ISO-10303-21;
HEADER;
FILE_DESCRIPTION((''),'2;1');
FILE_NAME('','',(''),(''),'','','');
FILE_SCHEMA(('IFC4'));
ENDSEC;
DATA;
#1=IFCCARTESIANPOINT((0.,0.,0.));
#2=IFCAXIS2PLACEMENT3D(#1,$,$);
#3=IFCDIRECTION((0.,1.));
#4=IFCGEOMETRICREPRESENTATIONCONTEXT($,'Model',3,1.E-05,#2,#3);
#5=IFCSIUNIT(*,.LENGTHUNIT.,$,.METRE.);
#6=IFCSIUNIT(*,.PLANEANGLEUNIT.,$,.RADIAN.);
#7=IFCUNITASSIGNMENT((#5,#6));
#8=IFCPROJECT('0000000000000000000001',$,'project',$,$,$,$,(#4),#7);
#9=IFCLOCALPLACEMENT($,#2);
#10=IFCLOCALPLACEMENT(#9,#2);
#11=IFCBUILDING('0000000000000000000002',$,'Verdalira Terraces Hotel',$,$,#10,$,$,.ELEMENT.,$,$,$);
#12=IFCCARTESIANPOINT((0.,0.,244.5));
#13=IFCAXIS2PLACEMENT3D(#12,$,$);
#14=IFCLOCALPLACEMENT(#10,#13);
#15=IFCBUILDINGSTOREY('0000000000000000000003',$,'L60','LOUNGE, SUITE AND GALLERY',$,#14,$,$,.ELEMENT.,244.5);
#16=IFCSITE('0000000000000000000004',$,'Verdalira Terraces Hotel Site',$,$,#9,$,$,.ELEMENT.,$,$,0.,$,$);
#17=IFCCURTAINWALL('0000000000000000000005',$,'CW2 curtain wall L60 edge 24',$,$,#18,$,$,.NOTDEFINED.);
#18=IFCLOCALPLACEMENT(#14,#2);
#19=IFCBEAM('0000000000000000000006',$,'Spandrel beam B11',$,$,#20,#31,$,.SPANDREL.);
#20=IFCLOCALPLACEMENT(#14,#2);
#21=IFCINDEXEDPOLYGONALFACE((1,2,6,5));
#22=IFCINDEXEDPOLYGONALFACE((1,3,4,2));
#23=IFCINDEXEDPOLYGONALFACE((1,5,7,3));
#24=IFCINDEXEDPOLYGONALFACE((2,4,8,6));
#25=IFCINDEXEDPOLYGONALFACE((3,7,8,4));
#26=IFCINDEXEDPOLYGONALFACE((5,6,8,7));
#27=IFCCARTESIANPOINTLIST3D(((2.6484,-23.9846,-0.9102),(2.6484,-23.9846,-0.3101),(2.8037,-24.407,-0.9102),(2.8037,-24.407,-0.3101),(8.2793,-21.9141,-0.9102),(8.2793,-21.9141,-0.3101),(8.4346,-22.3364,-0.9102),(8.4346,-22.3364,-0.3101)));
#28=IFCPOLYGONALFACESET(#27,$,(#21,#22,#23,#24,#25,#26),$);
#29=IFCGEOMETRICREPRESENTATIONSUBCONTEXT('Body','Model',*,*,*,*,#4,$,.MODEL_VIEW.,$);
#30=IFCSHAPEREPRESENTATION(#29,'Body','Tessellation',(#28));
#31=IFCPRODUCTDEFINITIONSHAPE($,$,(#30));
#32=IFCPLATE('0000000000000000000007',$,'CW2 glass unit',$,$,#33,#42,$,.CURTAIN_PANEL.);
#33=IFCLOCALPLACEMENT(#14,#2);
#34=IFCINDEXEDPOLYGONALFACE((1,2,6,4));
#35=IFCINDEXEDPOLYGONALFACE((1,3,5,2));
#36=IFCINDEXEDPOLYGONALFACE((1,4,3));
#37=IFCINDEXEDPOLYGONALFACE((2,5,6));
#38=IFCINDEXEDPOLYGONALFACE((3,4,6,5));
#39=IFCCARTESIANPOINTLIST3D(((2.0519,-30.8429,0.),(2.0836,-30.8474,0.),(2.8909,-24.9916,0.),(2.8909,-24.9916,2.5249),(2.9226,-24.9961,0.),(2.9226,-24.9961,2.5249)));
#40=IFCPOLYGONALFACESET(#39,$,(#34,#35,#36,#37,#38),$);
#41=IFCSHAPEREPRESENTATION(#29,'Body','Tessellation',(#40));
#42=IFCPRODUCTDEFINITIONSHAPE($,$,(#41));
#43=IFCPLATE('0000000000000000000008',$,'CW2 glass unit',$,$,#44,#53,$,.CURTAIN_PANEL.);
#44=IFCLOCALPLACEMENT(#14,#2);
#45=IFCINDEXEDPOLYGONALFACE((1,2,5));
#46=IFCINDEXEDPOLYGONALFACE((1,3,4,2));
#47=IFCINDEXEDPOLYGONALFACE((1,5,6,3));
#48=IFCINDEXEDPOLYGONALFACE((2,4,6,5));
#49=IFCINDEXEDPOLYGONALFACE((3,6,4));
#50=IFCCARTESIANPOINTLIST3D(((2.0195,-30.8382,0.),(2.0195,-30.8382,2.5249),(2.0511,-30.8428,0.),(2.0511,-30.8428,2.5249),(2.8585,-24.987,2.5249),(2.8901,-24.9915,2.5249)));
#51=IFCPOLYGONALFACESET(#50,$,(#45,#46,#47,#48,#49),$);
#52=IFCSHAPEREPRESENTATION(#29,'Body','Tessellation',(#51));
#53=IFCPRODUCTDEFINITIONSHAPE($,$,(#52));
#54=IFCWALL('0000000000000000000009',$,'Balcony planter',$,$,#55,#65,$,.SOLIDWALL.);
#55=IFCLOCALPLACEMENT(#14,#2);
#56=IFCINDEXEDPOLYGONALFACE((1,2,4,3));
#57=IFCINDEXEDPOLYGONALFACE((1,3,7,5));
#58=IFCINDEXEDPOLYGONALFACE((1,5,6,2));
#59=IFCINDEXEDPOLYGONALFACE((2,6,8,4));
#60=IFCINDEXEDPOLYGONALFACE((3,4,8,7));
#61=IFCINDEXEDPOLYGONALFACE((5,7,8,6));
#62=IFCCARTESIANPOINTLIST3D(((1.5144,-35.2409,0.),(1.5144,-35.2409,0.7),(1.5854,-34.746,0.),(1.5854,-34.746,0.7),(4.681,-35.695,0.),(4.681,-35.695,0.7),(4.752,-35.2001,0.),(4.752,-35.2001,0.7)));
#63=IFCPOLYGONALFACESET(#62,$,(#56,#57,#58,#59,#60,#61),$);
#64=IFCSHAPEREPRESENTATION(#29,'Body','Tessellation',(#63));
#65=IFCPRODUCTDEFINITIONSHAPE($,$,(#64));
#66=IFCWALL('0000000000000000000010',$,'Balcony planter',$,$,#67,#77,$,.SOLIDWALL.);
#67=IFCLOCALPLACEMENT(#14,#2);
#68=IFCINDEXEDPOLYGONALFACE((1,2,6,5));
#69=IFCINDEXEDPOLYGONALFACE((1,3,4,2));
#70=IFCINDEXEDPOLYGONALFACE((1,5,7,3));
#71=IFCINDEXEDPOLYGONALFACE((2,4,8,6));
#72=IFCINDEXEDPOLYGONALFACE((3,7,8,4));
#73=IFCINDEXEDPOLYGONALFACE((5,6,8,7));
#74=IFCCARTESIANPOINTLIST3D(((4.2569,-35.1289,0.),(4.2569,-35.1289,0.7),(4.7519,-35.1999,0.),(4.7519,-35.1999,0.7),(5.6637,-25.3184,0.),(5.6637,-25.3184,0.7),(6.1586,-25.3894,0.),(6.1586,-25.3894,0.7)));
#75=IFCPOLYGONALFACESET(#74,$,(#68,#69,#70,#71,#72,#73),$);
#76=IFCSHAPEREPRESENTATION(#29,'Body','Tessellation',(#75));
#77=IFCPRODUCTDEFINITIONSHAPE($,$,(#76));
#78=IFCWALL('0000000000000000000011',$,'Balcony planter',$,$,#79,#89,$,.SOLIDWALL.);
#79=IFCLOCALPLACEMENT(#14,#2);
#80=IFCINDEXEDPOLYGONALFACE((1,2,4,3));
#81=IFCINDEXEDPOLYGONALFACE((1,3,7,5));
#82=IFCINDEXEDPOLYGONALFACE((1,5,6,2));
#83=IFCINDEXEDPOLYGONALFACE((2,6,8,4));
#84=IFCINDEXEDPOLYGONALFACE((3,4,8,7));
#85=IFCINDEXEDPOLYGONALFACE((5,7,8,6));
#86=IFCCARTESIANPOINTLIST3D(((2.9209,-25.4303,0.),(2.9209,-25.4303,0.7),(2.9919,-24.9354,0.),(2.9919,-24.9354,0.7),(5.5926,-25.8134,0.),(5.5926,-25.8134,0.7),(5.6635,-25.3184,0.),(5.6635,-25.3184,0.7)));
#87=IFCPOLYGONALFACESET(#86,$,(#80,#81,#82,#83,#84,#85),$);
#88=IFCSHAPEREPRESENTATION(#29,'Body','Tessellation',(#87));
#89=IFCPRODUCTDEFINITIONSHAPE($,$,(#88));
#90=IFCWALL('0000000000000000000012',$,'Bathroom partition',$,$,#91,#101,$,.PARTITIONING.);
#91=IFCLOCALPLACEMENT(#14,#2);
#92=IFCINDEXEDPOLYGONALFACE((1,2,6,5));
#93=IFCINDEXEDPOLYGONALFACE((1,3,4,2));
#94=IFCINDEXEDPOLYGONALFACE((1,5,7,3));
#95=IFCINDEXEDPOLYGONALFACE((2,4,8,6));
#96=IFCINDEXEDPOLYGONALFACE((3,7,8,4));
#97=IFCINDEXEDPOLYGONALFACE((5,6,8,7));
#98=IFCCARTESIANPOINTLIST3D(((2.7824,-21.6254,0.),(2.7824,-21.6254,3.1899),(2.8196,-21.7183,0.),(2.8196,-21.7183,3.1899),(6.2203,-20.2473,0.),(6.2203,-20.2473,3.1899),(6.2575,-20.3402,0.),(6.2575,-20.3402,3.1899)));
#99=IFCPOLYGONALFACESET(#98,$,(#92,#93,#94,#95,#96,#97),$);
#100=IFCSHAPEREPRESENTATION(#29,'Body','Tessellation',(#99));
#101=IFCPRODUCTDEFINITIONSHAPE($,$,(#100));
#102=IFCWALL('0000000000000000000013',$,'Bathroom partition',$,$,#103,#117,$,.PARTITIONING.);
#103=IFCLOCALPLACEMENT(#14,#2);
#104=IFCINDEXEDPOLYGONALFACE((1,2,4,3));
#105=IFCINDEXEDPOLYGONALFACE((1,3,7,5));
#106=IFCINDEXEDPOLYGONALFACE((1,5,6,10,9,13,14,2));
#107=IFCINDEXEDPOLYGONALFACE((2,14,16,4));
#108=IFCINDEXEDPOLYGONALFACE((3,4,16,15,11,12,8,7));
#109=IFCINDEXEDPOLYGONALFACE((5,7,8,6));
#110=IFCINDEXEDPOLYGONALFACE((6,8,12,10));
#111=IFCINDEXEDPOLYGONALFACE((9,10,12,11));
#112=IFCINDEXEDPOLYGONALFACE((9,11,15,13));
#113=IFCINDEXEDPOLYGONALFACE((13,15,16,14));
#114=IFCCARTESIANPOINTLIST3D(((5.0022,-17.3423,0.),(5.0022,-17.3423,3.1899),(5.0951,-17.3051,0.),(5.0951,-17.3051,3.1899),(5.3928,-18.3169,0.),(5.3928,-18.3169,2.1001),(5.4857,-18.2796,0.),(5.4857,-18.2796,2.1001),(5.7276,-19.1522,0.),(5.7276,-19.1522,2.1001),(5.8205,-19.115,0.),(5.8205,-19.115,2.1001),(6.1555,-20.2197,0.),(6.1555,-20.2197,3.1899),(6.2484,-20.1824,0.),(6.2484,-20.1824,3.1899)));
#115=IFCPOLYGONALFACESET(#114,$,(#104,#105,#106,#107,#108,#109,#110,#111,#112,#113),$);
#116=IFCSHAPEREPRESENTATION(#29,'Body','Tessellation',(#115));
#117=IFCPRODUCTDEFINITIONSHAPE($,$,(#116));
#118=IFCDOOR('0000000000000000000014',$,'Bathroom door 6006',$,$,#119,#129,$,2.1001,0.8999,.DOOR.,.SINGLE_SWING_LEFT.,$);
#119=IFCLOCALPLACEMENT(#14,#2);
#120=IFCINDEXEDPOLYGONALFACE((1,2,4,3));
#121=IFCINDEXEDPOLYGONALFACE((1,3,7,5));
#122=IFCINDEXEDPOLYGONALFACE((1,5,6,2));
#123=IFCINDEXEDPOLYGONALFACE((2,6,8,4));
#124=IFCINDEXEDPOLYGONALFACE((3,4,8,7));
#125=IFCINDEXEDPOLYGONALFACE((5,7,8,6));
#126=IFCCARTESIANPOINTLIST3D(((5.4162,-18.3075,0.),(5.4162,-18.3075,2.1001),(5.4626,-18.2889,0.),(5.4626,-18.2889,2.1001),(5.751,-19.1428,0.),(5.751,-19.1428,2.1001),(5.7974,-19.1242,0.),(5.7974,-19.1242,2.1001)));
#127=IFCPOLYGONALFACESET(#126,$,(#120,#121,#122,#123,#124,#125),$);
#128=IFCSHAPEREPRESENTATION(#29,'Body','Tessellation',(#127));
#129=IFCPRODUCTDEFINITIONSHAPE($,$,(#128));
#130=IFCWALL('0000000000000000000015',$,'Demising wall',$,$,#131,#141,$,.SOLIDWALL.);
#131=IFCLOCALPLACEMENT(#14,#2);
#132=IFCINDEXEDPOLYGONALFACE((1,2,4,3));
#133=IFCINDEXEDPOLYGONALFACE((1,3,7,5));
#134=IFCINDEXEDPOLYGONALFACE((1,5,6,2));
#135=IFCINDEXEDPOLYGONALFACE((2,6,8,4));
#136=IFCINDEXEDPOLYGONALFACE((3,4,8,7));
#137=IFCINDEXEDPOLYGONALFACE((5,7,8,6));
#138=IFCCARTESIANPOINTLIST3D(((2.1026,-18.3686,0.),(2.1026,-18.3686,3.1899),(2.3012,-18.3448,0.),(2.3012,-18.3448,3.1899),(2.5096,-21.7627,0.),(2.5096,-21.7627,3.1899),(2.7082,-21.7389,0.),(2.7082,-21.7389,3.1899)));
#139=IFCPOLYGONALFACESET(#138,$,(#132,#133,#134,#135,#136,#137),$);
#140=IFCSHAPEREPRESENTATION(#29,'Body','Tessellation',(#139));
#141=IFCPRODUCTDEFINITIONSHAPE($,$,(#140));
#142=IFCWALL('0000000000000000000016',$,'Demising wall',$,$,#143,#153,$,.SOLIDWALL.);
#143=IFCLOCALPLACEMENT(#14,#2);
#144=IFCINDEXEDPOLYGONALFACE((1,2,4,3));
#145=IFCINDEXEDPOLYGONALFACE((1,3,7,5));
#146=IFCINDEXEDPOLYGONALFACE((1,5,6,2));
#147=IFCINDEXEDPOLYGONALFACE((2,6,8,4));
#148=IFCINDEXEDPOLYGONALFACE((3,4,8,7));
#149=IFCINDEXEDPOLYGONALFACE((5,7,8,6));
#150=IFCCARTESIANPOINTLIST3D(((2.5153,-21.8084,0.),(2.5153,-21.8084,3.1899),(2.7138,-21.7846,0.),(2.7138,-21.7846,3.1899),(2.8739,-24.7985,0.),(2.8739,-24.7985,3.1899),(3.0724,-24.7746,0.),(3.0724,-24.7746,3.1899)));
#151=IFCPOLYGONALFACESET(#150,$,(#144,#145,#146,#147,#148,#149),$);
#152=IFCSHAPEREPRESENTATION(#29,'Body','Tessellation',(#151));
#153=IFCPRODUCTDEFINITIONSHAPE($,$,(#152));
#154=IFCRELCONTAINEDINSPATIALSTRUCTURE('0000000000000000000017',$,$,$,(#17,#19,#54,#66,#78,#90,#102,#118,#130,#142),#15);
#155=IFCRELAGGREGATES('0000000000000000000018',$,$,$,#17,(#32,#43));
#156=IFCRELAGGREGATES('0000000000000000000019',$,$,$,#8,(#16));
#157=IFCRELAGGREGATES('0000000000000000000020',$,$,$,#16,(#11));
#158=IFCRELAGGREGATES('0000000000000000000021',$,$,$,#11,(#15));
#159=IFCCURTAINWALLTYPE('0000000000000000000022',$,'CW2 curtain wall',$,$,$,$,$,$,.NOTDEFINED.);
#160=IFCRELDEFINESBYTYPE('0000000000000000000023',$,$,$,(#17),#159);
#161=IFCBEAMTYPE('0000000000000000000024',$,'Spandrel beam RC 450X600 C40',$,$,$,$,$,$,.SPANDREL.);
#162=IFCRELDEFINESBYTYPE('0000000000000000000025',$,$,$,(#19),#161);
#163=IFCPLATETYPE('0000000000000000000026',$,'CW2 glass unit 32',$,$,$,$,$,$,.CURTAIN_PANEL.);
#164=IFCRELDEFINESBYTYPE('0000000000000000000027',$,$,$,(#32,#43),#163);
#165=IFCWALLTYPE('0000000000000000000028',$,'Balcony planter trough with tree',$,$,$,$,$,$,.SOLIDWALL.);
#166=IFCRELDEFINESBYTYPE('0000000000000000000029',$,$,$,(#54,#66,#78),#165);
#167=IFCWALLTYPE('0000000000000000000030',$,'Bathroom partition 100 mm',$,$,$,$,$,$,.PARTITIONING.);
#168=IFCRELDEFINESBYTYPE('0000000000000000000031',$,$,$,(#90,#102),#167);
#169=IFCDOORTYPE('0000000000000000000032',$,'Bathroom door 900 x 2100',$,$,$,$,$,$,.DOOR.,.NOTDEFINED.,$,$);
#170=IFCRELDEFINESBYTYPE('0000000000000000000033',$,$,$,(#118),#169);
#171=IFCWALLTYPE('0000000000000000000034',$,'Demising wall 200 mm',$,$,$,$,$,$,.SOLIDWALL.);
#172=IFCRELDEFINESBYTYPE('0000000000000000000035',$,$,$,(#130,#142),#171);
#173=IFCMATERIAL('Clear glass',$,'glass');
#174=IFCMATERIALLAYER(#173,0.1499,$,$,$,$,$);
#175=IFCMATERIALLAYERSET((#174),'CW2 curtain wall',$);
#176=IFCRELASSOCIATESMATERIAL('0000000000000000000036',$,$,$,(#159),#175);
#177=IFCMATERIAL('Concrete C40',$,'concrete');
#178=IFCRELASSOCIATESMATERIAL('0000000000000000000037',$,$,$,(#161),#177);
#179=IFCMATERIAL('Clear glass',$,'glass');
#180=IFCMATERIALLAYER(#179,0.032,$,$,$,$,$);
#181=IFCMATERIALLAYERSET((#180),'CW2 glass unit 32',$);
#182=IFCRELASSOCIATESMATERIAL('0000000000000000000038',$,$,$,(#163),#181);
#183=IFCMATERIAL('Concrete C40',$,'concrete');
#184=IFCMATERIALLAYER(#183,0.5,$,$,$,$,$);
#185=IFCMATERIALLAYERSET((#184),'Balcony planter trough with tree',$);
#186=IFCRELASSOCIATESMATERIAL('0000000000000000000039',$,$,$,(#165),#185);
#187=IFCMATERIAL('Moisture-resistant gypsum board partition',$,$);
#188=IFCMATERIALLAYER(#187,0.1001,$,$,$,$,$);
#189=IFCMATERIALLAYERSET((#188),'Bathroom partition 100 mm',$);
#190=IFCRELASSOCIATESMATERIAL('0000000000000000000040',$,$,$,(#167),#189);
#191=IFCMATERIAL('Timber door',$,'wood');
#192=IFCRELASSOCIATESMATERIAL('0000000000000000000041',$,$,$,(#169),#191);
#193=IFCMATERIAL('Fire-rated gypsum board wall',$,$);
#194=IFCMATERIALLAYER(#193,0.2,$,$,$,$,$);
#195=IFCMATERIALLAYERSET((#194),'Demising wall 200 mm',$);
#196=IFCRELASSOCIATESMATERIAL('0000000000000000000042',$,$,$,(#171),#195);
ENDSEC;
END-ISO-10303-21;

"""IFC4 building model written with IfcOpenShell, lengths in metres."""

from ifc_helpers import new_model, si_unit, direction, frame, frame_2d, origin, origin_2d, place, context, subcontext, project, spatial, polyline, rectangle, outline, extrude, material, layer, layer_set, material_profile, profile_set, type_object, element, fill, aggregate, save


model = new_model("IFC4")

# Units and contexts
model_context = context("Model", 3, precision=1e-05, world=origin(), true_north=direction((0.0, 1.0)))
body_context = subcontext(model_context, "Body", "Model", "MODEL_VIEW")
ifc_project = project(units=[si_unit("LENGTHUNIT", "METRE"), si_unit("PLANEANGLEUNIT", "RADIAN")], contexts=[model_context])

# Site, building, storey
site_placement = place(None, origin())
site = spatial("IfcSite", under=ifc_project, at=site_placement, Name="Verdalira Terraces Hotel Site", CompositionType="ELEMENT", RefElevation=0.0)
building_placement = place(site_placement, origin())
building = spatial("IfcBuilding", under=site, at=building_placement, Name="Verdalira Terraces Hotel", CompositionType="ELEMENT")
storey_placement = place(building_placement, frame((0.0, 0.0, 244.5)))
storey = spatial("IfcBuildingStorey", under=building, at=storey_placement, Name="L60", Description="LOUNGE, SUITE AND GALLERY", CompositionType="ELEMENT", Elevation=244.5)

# Curtain wall
ifc_material_1 = material(Name="Clear glass", Category="glass")
ifc_layer_1 = layer(ifc_material_1, 0.1499)
ifc_layer_set_1 = layer_set([ifc_layer_1], Name="CW2 curtain wall")
curtain_wall_type_1 = type_object("IfcCurtainWallType", Name="CW2 curtain wall", PredefinedType="NOTDEFINED", material=ifc_layer_set_1)
curtain_wall_1_placement = place(storey_placement, origin())
curtain_wall_1 = element("IfcCurtainWall", 1, at=curtain_wall_1_placement, inside=storey, type_object=curtain_wall_type_1, Name="CW2 curtain wall L60 edge 24", PredefinedType="NOTDEFINED")

# Beam
ifc_material_2 = material(Name="Concrete C40", Category="concrete")
ifc_material_profile_1 = material_profile(ifc_material_2, rectangle(XDim=0.45, YDim=0.6001, at=origin_2d()), Name="RC 450X600")
ifc_profile_set_1 = profile_set([ifc_material_profile_1], Name="Concrete C40")
beam_type_1 = type_object("IfcBeamType", Name="Spandrel beam RC 450X600 C40", PredefinedType="SPANDREL", material=ifc_profile_set_1)
beam_1_placement = place(storey_placement, frame((2.7261, -24.1958, -0.6101), z_axis=(0.938558, 0.345123, 0.0), x_axis=(-0.345123, 0.938558, 0.0)))
element("IfcBeam", 2, at=beam_1_placement, inside=storey, type_object=beam_type_1, Name="Spandrel beam B11", PredefinedType="SPANDREL", context=body_context, shape_type="SweptSolid", body=[
    extrude(rectangle(XDim=0.45, YDim=0.6001, at=origin_2d()), origin(), (0.0, 0.0, 1.0), 5.9995),
])

# Plates
ifc_material_3 = material(Name="Clear glass", Category="glass")
ifc_layer_2 = layer(ifc_material_3, 0.032)
ifc_layer_set_2 = layer_set([ifc_layer_2], Name="CW2 glass unit 32")
plate_type = type_object("IfcPlateType", Name="CW2 glass unit 32", PredefinedType="CURTAIN_PANEL", material=ifc_layer_set_2)
plate_1_placement = place(storey_placement, frame((2.4714, -27.9172, 1.2625), z_axis=(0.989876, -0.141938, 0.0), x_axis=(0.141938, 0.989876, 0.0)))
plate_1 = element("IfcPlate", 3, at=plate_1_placement, type_object=plate_type, Name="CW2 glass unit", PredefinedType="CURTAIN_PANEL", context=body_context, shape_type="SweptSolid", body=[
    extrude(outline(polyline([(-2.9556, -1.2625), (2.9556, -1.2625), (2.9556, 1.2625), (-2.9556, -1.2625)])), origin(), (0.0, 0.0, 1.0), 0.032),
])
plate_2_placement = place(storey_placement, frame((2.439, -27.9126, 1.2625), z_axis=(0.989876, -0.141938, 0.0), x_axis=(0.141938, 0.989876, 0.0)))
plate_2 = element("IfcPlate", 4, at=plate_2_placement, type_object=plate_type, Name="CW2 glass unit", PredefinedType="CURTAIN_PANEL", context=body_context, shape_type="SweptSolid", body=[
    extrude(outline(polyline([(-2.9556, -1.2625), (2.9556, 1.2625), (-2.9556, 1.2625), (-2.9556, -1.2625)])), origin(), (0.0, 0.0, 1.0), 0.032),
])
aggregate(curtain_wall_1, [plate_1, plate_2])

# Walls
ifc_material_4 = material(Name="Concrete C40", Category="concrete")
ifc_layer_3 = layer(ifc_material_4, 0.5)
ifc_layer_set_3 = layer_set([ifc_layer_3], Name="Balcony planter trough with tree")
wall_type_1 = type_object("IfcWallType", Name="Balcony planter trough with tree", PredefinedType="SOLIDWALL", material=ifc_layer_set_3)
wall_1_placement = place(storey_placement, frame((1.5498, -34.9934, 0.0), z_axis=(0.0, 0.0, 1.0), x_axis=(0.989873, -0.141956, 0.0)))
element("IfcWall", 5, at=wall_1_placement, inside=storey, type_object=wall_type_1, Name="Balcony planter", PredefinedType="SOLIDWALL", context=body_context, shape_type="SweptSolid", body=[
    extrude(rectangle(XDim=3.199, YDim=0.5, at=frame_2d((1.5996, 0.0))), origin(), (0.0, 0.0, 1.0), 0.7),
])
wall_2_placement = place(storey_placement, frame((4.5044, -35.1646, 0.0), z_axis=(0.0, 0.0, 1.0), x_axis=(0.141939, 0.989875, 0.0)))
element("IfcWall", 6, at=wall_2_placement, inside=storey, type_object=wall_type_1, Name="Balcony planter", PredefinedType="SOLIDWALL", context=body_context, shape_type="SweptSolid", body=[
    extrude(rectangle(XDim=9.9109, YDim=0.5, at=frame_2d((4.9556, 0.0))), origin(), (0.0, 0.0, 1.0), 0.7),
])
wall_3_placement = place(storey_placement, frame((5.6282, -25.5659, 0.0), z_axis=(0.0, 0.0, 1.0), x_axis=(-0.989877, 0.141928, 0.0)))
element("IfcWall", 7, at=wall_3_placement, inside=storey, type_object=wall_type_1, Name="Balcony planter", PredefinedType="SOLIDWALL", context=body_context, shape_type="SweptSolid", body=[
    extrude(rectangle(XDim=2.699, YDim=0.5, at=frame_2d((1.3496, 0.0))), origin(), (0.0, 0.0, 1.0), 0.7),
])
ifc_material_5 = material(Name="Moisture-resistant gypsum board partition")
ifc_layer_4 = layer(ifc_material_5, 0.1001)
ifc_layer_set_4 = layer_set([ifc_layer_4], Name="Bathroom partition 100 mm")
wall_type_2 = type_object("IfcWallType", Name="Bathroom partition 100 mm", PredefinedType="PARTITIONING", material=ifc_layer_set_4)
wall_4_placement = place(storey_placement, frame((6.239, -20.2937, 0.0), z_axis=(0.0, 0.0, 1.0), x_axis=(-0.928199, -0.372084, 0.0)))
element("IfcWall", 8, at=wall_4_placement, inside=storey, type_object=wall_type_2, Name="Bathroom partition", PredefinedType="PARTITIONING", context=body_context, shape_type="SweptSolid", body=[
    extrude(rectangle(XDim=3.7039, YDim=0.1001, at=frame_2d((1.8521, 0.0))), origin(), (0.0, 0.0, 1.0), 3.1899),
])

# Wall, opening, door
wall_5_placement = place(storey_placement, frame((6.2019, -20.2009, 0.0), z_axis=(0.0, 0.0, 1.0), x_axis=(-0.372042, 0.928216, 0.0)))
wall_5 = element("IfcWall", 9, at=wall_5_placement, inside=storey, type_object=wall_type_2, Name="Bathroom partition", PredefinedType="PARTITIONING", context=body_context, shape_type="SweptSolid", body=[
    extrude(rectangle(XDim=3.0999, YDim=0.1001, at=frame_2d((1.5498, 0.0))), origin(), (0.0, 0.0, 1.0), 3.1899),
])
opening_1_placement = place(wall_5_placement, frame((1.1499, 0.0, 0.0)))
opening_1 = element("IfcOpeningElement", 10, at=opening_1_placement, cuts=wall_5, PredefinedType="OPENING", context=body_context, shape_type="SweptSolid", body=[
    extrude(rectangle(XDim=0.8999, YDim=2.1001, at=frame_2d((0.45, 1.05))), frame((0.0, 0.0601, 0.0), z_axis=(0.0, -1.0, 0.0), x_axis=(1.0, 0.0, 0.0)), (0.0, 0.0, 1.0), 0.1201),
])
ifc_material_6 = material(Name="Timber door", Category="wood")
door_type_1 = type_object("IfcDoorType", Name="Bathroom door 900 x 2100", OperationType="NOTDEFINED", PredefinedType="DOOR", material=ifc_material_6)
door_1_placement = place(opening_1_placement, origin())
door_1 = element("IfcDoor", 11, at=door_1_placement, inside=storey, type_object=door_type_1, Name="Bathroom door 6006", OperationType="SINGLE_SWING_LEFT", OverallHeight=2.1001, OverallWidth=0.8999, PredefinedType="DOOR", context=body_context, shape_type="SweptSolid", body=[
    extrude(rectangle(XDim=0.8999, YDim=2.1001, at=frame_2d((0.45, 1.05))), frame((0.0, 0.0249, 0.0), z_axis=(0.0, -1.0, 0.0), x_axis=(1.0, 0.0, 0.0)), (0.0, 0.0, 1.0), 0.05),
])
fill(opening_1, door_1)

# Walls
ifc_material_7 = material(Name="Fire-rated gypsum board wall")
ifc_layer_5 = layer(ifc_material_7, 0.2)
ifc_layer_set_5 = layer_set([ifc_layer_5], Name="Demising wall 200 mm")
wall_type_3 = type_object("IfcWallType", Name="Demising wall 200 mm", PredefinedType="SOLIDWALL", material=ifc_layer_set_5)
wall_6_placement = place(storey_placement, frame((2.2019, -18.3567, 0.0), z_axis=(0.0, 0.0, 1.0), x_axis=(0.119058, -0.992887, 0.0)))
element("IfcWall", 12, at=wall_6_placement, inside=storey, type_object=wall_type_3, Name="Demising wall", PredefinedType="SOLIDWALL", context=body_context, shape_type="SweptSolid", body=[
    extrude(rectangle(XDim=3.4185, YDim=0.2, at=frame_2d((1.7092, 0.0))), origin(), (0.0, 0.0, 1.0), 3.1899),
])
wall_7_placement = place(storey_placement, frame((2.6145, -21.7964, 0.0), z_axis=(0.0, 0.0, 1.0), x_axis=(0.119094, -0.992883, 0.0)))
element("IfcWall", 13, at=wall_7_placement, inside=storey, type_object=wall_type_3, Name="Demising wall", PredefinedType="SOLIDWALL", context=body_context, shape_type="SweptSolid", body=[
    extrude(rectangle(XDim=3.0115, YDim=0.2, at=frame_2d((1.5059, 0.0))), origin(), (0.0, 0.0, 1.0), 3.1899),
])

save(model, "model.ifc")
